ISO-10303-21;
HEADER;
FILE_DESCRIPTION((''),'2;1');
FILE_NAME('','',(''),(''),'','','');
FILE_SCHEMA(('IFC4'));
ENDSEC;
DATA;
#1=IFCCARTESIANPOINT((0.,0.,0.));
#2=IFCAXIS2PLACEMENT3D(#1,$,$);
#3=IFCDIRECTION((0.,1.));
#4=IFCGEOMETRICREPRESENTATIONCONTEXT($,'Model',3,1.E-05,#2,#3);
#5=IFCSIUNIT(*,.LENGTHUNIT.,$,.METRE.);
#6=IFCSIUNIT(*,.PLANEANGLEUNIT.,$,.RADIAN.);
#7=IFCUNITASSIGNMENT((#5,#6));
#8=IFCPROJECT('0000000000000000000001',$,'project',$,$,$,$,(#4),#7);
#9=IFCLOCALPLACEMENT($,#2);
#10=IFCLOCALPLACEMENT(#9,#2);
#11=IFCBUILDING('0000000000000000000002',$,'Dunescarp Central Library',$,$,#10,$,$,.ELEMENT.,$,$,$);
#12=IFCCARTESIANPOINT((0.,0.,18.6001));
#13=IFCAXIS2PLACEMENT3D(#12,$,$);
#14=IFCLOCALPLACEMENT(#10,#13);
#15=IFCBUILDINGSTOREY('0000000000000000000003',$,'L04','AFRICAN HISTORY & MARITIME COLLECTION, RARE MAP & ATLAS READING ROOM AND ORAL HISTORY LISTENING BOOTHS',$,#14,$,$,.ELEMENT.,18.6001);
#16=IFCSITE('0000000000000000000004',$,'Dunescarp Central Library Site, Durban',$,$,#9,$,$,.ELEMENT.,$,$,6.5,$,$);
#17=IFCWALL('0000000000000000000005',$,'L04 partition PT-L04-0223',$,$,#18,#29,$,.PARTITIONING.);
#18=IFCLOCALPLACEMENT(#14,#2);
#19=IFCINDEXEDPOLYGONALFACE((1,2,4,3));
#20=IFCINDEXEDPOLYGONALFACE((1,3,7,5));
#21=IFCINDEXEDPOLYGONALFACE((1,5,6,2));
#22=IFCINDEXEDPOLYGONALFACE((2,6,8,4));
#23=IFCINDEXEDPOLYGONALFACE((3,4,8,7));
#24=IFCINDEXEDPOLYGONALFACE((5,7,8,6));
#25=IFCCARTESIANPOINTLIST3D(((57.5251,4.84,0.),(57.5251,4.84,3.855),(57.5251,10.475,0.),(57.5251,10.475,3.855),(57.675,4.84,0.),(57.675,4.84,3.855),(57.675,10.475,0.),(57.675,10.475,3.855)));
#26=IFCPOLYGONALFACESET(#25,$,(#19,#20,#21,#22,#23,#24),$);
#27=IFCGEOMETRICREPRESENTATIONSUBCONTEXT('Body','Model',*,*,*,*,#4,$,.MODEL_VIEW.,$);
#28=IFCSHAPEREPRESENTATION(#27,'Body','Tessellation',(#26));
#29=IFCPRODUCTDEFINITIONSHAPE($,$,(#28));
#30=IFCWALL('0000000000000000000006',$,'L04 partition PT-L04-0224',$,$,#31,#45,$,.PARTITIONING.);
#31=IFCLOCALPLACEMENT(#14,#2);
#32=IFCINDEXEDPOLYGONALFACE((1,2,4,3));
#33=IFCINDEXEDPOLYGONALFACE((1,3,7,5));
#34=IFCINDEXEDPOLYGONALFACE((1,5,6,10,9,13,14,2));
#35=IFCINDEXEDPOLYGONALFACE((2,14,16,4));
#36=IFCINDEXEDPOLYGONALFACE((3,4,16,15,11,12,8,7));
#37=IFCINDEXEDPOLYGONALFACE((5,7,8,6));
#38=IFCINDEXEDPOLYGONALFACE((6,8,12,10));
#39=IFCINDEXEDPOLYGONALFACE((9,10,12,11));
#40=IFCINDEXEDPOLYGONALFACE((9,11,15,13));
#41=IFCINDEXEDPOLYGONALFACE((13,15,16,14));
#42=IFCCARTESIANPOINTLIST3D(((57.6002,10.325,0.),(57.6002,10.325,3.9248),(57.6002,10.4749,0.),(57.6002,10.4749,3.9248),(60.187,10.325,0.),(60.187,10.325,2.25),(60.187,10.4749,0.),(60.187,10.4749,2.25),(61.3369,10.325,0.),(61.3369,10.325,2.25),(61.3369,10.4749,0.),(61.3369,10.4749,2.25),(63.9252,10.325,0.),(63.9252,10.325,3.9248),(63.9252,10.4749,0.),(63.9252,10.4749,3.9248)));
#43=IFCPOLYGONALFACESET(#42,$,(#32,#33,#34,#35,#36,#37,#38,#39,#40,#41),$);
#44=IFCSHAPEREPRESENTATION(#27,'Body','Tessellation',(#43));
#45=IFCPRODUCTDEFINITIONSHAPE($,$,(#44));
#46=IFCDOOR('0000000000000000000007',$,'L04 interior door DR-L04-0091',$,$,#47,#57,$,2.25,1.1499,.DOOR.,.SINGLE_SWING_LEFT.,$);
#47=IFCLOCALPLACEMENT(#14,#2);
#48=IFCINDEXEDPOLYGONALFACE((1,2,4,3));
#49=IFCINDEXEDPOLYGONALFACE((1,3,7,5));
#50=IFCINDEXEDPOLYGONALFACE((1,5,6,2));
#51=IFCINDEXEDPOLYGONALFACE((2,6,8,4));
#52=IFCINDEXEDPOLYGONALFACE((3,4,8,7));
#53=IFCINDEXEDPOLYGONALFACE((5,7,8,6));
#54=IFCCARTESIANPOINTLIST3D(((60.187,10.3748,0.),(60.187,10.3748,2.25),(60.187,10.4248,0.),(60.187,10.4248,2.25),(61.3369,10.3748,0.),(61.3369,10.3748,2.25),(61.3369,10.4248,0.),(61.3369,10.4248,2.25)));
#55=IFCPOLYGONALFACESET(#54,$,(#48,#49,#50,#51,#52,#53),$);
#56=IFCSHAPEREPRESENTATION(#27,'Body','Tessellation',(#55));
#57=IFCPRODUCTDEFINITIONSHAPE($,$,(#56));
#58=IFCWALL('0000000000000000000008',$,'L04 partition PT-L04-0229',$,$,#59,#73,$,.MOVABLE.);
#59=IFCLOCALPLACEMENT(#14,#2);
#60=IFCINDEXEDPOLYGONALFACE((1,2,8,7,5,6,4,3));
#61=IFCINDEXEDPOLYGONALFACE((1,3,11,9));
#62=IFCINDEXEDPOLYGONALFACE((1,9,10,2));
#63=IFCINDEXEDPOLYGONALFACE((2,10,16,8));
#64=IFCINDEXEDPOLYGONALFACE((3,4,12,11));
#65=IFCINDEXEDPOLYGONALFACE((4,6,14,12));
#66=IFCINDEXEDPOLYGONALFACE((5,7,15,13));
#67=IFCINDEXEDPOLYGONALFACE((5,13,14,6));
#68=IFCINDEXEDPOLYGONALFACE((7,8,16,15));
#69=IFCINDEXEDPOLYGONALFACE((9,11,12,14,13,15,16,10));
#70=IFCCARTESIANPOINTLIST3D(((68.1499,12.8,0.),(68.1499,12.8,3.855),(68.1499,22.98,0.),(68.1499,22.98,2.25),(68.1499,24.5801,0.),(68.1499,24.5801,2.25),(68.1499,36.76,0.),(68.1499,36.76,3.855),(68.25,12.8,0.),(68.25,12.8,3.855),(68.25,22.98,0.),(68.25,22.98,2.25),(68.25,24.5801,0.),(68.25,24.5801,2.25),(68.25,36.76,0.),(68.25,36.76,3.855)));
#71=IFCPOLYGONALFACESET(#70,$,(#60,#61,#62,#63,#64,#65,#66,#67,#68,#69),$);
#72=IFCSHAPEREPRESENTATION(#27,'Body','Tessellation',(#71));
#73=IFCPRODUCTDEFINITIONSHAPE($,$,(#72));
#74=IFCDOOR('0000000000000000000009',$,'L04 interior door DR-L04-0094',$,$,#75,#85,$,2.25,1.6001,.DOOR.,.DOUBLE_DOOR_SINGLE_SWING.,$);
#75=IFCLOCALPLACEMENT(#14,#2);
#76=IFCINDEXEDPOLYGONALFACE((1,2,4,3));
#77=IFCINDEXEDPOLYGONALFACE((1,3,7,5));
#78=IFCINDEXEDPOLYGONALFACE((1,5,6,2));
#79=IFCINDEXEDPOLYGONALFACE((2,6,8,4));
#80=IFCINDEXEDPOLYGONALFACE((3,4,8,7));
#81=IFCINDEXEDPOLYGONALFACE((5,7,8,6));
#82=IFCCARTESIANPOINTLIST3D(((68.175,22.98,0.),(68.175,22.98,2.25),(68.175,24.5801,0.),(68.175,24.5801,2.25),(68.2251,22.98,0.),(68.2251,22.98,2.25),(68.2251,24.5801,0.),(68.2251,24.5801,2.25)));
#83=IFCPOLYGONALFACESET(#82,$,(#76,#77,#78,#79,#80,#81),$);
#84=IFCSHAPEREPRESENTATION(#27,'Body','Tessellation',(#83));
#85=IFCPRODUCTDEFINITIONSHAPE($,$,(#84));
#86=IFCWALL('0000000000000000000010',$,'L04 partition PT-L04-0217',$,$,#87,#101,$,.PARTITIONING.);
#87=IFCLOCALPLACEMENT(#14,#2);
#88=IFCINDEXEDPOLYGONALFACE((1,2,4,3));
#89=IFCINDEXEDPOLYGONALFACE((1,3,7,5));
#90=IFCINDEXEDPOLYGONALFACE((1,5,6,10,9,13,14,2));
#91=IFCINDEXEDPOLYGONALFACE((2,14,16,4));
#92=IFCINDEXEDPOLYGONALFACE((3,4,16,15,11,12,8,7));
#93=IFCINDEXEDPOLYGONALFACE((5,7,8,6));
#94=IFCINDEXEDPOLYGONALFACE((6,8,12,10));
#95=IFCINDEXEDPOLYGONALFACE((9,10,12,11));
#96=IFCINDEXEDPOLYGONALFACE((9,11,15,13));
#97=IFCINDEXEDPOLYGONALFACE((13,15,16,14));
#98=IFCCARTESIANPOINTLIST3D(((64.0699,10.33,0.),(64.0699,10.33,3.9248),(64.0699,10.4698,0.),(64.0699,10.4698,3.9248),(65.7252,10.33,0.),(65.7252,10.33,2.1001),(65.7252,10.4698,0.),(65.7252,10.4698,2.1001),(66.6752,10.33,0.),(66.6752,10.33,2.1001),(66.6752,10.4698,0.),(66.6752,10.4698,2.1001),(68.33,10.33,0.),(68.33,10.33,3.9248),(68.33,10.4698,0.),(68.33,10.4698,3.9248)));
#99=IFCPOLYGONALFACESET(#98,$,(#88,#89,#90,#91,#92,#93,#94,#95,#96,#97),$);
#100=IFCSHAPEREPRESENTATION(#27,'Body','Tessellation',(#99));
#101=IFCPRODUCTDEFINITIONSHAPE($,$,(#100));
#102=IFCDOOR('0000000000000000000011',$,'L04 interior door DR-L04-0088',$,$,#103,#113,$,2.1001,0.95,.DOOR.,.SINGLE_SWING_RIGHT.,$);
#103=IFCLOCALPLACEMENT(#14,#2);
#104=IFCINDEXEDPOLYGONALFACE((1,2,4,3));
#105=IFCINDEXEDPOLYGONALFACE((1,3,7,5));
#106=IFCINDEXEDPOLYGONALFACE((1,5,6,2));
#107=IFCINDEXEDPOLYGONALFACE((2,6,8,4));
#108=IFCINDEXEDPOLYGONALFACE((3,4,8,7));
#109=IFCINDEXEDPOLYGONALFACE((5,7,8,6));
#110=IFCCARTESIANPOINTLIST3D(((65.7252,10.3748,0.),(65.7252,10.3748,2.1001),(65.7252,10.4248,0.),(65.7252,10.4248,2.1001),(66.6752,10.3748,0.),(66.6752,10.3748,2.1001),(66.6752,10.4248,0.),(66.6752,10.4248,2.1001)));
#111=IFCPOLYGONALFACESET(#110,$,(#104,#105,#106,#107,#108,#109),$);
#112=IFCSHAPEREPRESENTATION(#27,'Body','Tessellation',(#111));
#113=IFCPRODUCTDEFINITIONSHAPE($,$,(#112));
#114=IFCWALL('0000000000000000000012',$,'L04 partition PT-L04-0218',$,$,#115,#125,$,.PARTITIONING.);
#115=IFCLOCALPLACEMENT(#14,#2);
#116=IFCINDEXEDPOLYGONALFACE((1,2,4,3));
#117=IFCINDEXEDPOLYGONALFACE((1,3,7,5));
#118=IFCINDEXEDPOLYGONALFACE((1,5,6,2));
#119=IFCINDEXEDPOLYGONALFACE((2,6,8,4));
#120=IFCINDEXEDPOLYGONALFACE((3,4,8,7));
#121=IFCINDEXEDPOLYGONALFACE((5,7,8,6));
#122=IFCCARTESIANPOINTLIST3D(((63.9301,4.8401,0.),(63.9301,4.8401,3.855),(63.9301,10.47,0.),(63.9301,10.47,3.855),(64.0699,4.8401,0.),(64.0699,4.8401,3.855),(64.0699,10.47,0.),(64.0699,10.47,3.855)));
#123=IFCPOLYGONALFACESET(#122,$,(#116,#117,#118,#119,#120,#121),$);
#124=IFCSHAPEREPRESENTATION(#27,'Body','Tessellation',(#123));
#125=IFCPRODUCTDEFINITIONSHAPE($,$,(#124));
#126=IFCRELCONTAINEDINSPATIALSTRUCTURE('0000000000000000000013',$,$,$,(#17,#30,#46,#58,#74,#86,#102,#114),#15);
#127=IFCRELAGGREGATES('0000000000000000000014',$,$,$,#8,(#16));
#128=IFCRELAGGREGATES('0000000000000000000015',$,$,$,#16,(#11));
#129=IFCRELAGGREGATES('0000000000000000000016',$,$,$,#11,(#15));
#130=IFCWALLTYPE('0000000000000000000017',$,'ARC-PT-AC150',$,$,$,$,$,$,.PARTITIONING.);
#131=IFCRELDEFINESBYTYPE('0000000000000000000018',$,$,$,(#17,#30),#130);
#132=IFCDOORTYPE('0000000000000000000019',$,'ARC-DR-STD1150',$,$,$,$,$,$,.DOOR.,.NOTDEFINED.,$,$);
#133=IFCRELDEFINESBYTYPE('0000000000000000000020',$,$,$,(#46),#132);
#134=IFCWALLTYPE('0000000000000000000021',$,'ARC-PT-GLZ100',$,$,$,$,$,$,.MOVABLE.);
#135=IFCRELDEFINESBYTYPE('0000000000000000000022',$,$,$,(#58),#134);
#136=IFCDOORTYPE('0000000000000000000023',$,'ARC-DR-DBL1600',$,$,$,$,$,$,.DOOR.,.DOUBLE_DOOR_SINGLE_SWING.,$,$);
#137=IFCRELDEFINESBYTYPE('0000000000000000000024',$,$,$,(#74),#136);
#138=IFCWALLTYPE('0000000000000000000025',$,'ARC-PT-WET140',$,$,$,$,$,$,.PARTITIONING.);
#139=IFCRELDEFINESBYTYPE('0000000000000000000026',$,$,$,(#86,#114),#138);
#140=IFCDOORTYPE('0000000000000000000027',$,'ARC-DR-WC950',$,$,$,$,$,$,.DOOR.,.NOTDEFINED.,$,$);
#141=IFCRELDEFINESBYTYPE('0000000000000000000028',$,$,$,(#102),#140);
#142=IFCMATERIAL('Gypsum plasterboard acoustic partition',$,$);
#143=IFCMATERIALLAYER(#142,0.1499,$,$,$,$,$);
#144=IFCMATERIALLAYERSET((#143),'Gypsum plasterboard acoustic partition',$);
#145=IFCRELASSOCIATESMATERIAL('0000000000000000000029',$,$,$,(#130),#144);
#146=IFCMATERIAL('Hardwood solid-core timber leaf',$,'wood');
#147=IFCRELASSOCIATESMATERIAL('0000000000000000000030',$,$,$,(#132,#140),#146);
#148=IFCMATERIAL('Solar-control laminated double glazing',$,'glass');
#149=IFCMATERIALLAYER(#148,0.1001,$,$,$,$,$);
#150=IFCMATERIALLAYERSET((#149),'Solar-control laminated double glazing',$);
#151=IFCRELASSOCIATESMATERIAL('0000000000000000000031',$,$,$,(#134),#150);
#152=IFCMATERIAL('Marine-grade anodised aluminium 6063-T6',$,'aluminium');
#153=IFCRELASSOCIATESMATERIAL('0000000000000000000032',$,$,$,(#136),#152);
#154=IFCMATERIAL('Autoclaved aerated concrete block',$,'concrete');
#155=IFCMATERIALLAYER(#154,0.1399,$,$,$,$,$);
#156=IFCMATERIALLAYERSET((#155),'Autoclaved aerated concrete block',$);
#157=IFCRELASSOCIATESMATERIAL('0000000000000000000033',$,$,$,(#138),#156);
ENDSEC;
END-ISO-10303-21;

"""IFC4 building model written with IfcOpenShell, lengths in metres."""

from ifc_helpers import new_model, si_unit, direction, frame, frame_2d, origin, place, context, subcontext, project, spatial, rectangle, extrude, material, layer, layer_set, type_object, element, fill, save


model = new_model("IFC4")

# Units and contexts
model_context = context("Model", 3, precision=1e-05, world=origin(), true_north=direction((0.0, 1.0)))
body_context = subcontext(model_context, "Body", "Model", "MODEL_VIEW")
ifc_project = project(units=[si_unit("LENGTHUNIT", "METRE"), si_unit("PLANEANGLEUNIT", "RADIAN")], contexts=[model_context])

# Site, building, storey
site_placement = place(None, origin())
site = spatial("IfcSite", under=ifc_project, at=site_placement, Name="Dunescarp Central Library Site, Durban", CompositionType="ELEMENT", RefElevation=6.5)
building_placement = place(site_placement, origin())
building = spatial("IfcBuilding", under=site, at=building_placement, Name="Dunescarp Central Library", CompositionType="ELEMENT")
storey_placement = place(building_placement, frame((0.0, 0.0, 18.6001)))
storey = spatial("IfcBuildingStorey", under=building, at=storey_placement, Name="L04", Description="AFRICAN HISTORY & MARITIME COLLECTION, RARE MAP & ATLAS READING ROOM AND ORAL HISTORY LISTENING BOOTHS", CompositionType="ELEMENT", Elevation=18.6001)

# Shared definitions
ifc_material_1 = material(Name="Marine-grade anodised aluminium 6063-T6", Category="aluminium")

# Wall
ifc_material_2 = material(Name="Gypsum plasterboard acoustic partition")
ifc_layer_1 = layer(ifc_material_2, 0.1499)
ifc_layer_set_1 = layer_set([ifc_layer_1], Name="Gypsum plasterboard acoustic partition")
wall_type_1 = type_object("IfcWallType", Name="ARC-PT-AC150", PredefinedType="PARTITIONING", material=ifc_layer_set_1)
wall_1_placement = place(storey_placement, frame((57.6001, 4.8401, 0.0), z_axis=(0.0, 0.0, 1.0), x_axis=(0.0, 1.0, 0.0)))
element("IfcWall", 1, at=wall_1_placement, inside=storey, type_object=wall_type_1, Name="L04 partition PT-L04-0223", PredefinedType="PARTITIONING", context=body_context, shape_type="SweptSolid", body=[
    extrude(rectangle(XDim=5.635, YDim=0.1499, at=frame_2d((2.8174, 0.0))), origin(), (0.0, 0.0, 1.0), 3.855),
])

# Walls, openings, doors
wall_2_placement = place(storey_placement, frame((57.6001, 10.3999, 0.0), z_axis=(0.0, 0.0, 1.0), x_axis=(1.0, 0.0, 0.0)))
wall_2 = element("IfcWall", 2, at=wall_2_placement, inside=storey, type_object=wall_type_1, Name="L04 partition PT-L04-0224", PredefinedType="PARTITIONING", context=body_context, shape_type="SweptSolid", body=[
    extrude(rectangle(XDim=6.325, YDim=0.1499, at=frame_2d((3.1626, 0.0))), origin(), (0.0, 0.0, 1.0), 3.9248),
])
opening_1_placement = place(wall_2_placement, frame((2.5869, 0.0, 0.0)))
opening_1 = element("IfcOpeningElement", 3, at=opening_1_placement, cuts=wall_2, PredefinedType="OPENING", context=body_context, shape_type="SweptSolid", body=[
    extrude(rectangle(XDim=1.1499, YDim=2.25, at=frame_2d((0.575, 1.125))), frame((0.0, 0.085, 0.0), z_axis=(0.0, -1.0, 0.0), x_axis=(1.0, 0.0, 0.0)), (0.0, 0.0, 1.0), 0.1699),
])
ifc_material_3 = material(Name="Hardwood solid-core timber leaf", Category="wood")
door_type_1 = type_object("IfcDoorType", Name="ARC-DR-STD1150", OperationType="NOTDEFINED", PredefinedType="DOOR", material=ifc_material_3)
door_1_placement = place(opening_1_placement, origin())
door_1 = element("IfcDoor", 4, at=door_1_placement, inside=storey, type_object=door_type_1, Name="L04 interior door DR-L04-0091", OperationType="SINGLE_SWING_LEFT", OverallHeight=2.25, OverallWidth=1.1499, PredefinedType="DOOR", context=body_context, shape_type="SweptSolid", body=[
    extrude(rectangle(XDim=1.1499, YDim=2.25, at=frame_2d((0.575, 1.125))), frame((0.0, 0.0249, 0.0), z_axis=(0.0, -1.0, 0.0), x_axis=(1.0, 0.0, 0.0)), (0.0, 0.0, 1.0), 0.05),
])
fill(opening_1, door_1)
ifc_material_4 = material(Name="Solar-control laminated double glazing", Category="glass")
ifc_layer_2 = layer(ifc_material_4, 0.1001)
ifc_layer_set_2 = layer_set([ifc_layer_2], Name="Solar-control laminated double glazing")
wall_type_2 = type_object("IfcWallType", Name="ARC-PT-GLZ100", PredefinedType="MOVABLE", material=ifc_layer_set_2)
wall_3_placement = place(storey_placement, frame((68.2, 12.8, 0.0), z_axis=(0.0, 0.0, 1.0), x_axis=(0.0, 1.0, 0.0)))
wall_3 = element("IfcWall", 5, at=wall_3_placement, inside=storey, type_object=wall_type_2, Name="L04 partition PT-L04-0229", PredefinedType="MOVABLE", context=body_context, shape_type="SweptSolid", body=[
    extrude(rectangle(XDim=23.96, YDim=0.1001, at=frame_2d((11.98, 0.0))), origin(), (0.0, 0.0, 1.0), 3.855),
])
opening_2_placement = place(wall_3_placement, frame((10.1799, 0.0, 0.0)))
opening_2 = element("IfcOpeningElement", 6, at=opening_2_placement, cuts=wall_3, PredefinedType="OPENING", context=body_context, shape_type="SweptSolid", body=[
    extrude(rectangle(XDim=1.6001, YDim=2.25, at=frame_2d((0.8, 1.125))), frame((0.0, 0.0601, 0.0), z_axis=(0.0, -1.0, 0.0), x_axis=(1.0, 0.0, 0.0)), (0.0, 0.0, 1.0), 0.1201),
])
door_type_2 = type_object("IfcDoorType", Name="ARC-DR-DBL1600", OperationType="DOUBLE_DOOR_SINGLE_SWING", PredefinedType="DOOR", material=ifc_material_1)
door_2_placement = place(opening_2_placement, origin())
door_2 = element("IfcDoor", 7, at=door_2_placement, inside=storey, type_object=door_type_2, Name="L04 interior door DR-L04-0094", OperationType="DOUBLE_DOOR_SINGLE_SWING", OverallHeight=2.25, OverallWidth=1.6001, PredefinedType="DOOR", context=body_context, shape_type="SweptSolid", body=[
    extrude(rectangle(XDim=1.6001, YDim=2.25, at=frame_2d((0.8, 1.125))), frame((0.0, 0.0249, 0.0), z_axis=(0.0, -1.0, 0.0), x_axis=(1.0, 0.0, 0.0)), (0.0, 0.0, 1.0), 0.05),
])
fill(opening_2, door_2)
ifc_material_5 = material(Name="Autoclaved aerated concrete block", Category="concrete")
ifc_layer_3 = layer(ifc_material_5, 0.1399)
ifc_layer_set_3 = layer_set([ifc_layer_3], Name="Autoclaved aerated concrete block")
wall_type_3 = type_object("IfcWallType", Name="ARC-PT-WET140", PredefinedType="PARTITIONING", material=ifc_layer_set_3)
wall_4_placement = place(storey_placement, frame((64.0701, 10.3999, 0.0), z_axis=(0.0, 0.0, 1.0), x_axis=(1.0, 0.0, 0.0)))
wall_4 = element("IfcWall", 8, at=wall_4_placement, inside=storey, type_object=wall_type_3, Name="L04 partition PT-L04-0217", PredefinedType="PARTITIONING", context=body_context, shape_type="SweptSolid", body=[
    extrude(rectangle(XDim=4.26, YDim=0.1399, at=frame_2d((2.1299, 0.0))), origin(), (0.0, 0.0, 1.0), 3.9248),
])
opening_3_placement = place(wall_4_placement, frame((1.655, 0.0, 0.0)))
opening_3 = element("IfcOpeningElement", 9, at=opening_3_placement, cuts=wall_4, PredefinedType="OPENING", context=body_context, shape_type="SweptSolid", body=[
    extrude(rectangle(XDim=0.95, YDim=2.1001, at=frame_2d((0.4751, 1.05))), frame((0.0, 0.0801, 0.0), z_axis=(0.0, -1.0, 0.0), x_axis=(1.0, 0.0, 0.0)), (0.0, 0.0, 1.0), 0.1599),
])
door_type_3 = type_object("IfcDoorType", Name="ARC-DR-WC950", OperationType="NOTDEFINED", PredefinedType="DOOR", material=ifc_material_3)
door_3_placement = place(opening_3_placement, origin())
door_3 = element("IfcDoor", 10, at=door_3_placement, inside=storey, type_object=door_type_3, Name="L04 interior door DR-L04-0088", OperationType="SINGLE_SWING_RIGHT", OverallHeight=2.1001, OverallWidth=0.95, PredefinedType="DOOR", context=body_context, shape_type="SweptSolid", body=[
    extrude(rectangle(XDim=0.95, YDim=2.1001, at=frame_2d((0.4751, 1.05))), frame((0.0, 0.0249, 0.0), z_axis=(0.0, -1.0, 0.0), x_axis=(1.0, 0.0, 0.0)), (0.0, 0.0, 1.0), 0.05),
])
fill(opening_3, door_3)

# Wall
wall_5_placement = place(storey_placement, frame((64.0, 4.8401, 0.0), z_axis=(0.0, 0.0, 1.0), x_axis=(0.0, 1.0, 0.0)))
element("IfcWall", 11, at=wall_5_placement, inside=storey, type_object=wall_type_3, Name="L04 partition PT-L04-0218", PredefinedType="PARTITIONING", context=body_context, shape_type="SweptSolid", body=[
    extrude(rectangle(XDim=5.6299, YDim=0.1399, at=frame_2d((2.8149, 0.0))), origin(), (0.0, 0.0, 1.0), 3.855),
])

save(model, "model.ifc")
